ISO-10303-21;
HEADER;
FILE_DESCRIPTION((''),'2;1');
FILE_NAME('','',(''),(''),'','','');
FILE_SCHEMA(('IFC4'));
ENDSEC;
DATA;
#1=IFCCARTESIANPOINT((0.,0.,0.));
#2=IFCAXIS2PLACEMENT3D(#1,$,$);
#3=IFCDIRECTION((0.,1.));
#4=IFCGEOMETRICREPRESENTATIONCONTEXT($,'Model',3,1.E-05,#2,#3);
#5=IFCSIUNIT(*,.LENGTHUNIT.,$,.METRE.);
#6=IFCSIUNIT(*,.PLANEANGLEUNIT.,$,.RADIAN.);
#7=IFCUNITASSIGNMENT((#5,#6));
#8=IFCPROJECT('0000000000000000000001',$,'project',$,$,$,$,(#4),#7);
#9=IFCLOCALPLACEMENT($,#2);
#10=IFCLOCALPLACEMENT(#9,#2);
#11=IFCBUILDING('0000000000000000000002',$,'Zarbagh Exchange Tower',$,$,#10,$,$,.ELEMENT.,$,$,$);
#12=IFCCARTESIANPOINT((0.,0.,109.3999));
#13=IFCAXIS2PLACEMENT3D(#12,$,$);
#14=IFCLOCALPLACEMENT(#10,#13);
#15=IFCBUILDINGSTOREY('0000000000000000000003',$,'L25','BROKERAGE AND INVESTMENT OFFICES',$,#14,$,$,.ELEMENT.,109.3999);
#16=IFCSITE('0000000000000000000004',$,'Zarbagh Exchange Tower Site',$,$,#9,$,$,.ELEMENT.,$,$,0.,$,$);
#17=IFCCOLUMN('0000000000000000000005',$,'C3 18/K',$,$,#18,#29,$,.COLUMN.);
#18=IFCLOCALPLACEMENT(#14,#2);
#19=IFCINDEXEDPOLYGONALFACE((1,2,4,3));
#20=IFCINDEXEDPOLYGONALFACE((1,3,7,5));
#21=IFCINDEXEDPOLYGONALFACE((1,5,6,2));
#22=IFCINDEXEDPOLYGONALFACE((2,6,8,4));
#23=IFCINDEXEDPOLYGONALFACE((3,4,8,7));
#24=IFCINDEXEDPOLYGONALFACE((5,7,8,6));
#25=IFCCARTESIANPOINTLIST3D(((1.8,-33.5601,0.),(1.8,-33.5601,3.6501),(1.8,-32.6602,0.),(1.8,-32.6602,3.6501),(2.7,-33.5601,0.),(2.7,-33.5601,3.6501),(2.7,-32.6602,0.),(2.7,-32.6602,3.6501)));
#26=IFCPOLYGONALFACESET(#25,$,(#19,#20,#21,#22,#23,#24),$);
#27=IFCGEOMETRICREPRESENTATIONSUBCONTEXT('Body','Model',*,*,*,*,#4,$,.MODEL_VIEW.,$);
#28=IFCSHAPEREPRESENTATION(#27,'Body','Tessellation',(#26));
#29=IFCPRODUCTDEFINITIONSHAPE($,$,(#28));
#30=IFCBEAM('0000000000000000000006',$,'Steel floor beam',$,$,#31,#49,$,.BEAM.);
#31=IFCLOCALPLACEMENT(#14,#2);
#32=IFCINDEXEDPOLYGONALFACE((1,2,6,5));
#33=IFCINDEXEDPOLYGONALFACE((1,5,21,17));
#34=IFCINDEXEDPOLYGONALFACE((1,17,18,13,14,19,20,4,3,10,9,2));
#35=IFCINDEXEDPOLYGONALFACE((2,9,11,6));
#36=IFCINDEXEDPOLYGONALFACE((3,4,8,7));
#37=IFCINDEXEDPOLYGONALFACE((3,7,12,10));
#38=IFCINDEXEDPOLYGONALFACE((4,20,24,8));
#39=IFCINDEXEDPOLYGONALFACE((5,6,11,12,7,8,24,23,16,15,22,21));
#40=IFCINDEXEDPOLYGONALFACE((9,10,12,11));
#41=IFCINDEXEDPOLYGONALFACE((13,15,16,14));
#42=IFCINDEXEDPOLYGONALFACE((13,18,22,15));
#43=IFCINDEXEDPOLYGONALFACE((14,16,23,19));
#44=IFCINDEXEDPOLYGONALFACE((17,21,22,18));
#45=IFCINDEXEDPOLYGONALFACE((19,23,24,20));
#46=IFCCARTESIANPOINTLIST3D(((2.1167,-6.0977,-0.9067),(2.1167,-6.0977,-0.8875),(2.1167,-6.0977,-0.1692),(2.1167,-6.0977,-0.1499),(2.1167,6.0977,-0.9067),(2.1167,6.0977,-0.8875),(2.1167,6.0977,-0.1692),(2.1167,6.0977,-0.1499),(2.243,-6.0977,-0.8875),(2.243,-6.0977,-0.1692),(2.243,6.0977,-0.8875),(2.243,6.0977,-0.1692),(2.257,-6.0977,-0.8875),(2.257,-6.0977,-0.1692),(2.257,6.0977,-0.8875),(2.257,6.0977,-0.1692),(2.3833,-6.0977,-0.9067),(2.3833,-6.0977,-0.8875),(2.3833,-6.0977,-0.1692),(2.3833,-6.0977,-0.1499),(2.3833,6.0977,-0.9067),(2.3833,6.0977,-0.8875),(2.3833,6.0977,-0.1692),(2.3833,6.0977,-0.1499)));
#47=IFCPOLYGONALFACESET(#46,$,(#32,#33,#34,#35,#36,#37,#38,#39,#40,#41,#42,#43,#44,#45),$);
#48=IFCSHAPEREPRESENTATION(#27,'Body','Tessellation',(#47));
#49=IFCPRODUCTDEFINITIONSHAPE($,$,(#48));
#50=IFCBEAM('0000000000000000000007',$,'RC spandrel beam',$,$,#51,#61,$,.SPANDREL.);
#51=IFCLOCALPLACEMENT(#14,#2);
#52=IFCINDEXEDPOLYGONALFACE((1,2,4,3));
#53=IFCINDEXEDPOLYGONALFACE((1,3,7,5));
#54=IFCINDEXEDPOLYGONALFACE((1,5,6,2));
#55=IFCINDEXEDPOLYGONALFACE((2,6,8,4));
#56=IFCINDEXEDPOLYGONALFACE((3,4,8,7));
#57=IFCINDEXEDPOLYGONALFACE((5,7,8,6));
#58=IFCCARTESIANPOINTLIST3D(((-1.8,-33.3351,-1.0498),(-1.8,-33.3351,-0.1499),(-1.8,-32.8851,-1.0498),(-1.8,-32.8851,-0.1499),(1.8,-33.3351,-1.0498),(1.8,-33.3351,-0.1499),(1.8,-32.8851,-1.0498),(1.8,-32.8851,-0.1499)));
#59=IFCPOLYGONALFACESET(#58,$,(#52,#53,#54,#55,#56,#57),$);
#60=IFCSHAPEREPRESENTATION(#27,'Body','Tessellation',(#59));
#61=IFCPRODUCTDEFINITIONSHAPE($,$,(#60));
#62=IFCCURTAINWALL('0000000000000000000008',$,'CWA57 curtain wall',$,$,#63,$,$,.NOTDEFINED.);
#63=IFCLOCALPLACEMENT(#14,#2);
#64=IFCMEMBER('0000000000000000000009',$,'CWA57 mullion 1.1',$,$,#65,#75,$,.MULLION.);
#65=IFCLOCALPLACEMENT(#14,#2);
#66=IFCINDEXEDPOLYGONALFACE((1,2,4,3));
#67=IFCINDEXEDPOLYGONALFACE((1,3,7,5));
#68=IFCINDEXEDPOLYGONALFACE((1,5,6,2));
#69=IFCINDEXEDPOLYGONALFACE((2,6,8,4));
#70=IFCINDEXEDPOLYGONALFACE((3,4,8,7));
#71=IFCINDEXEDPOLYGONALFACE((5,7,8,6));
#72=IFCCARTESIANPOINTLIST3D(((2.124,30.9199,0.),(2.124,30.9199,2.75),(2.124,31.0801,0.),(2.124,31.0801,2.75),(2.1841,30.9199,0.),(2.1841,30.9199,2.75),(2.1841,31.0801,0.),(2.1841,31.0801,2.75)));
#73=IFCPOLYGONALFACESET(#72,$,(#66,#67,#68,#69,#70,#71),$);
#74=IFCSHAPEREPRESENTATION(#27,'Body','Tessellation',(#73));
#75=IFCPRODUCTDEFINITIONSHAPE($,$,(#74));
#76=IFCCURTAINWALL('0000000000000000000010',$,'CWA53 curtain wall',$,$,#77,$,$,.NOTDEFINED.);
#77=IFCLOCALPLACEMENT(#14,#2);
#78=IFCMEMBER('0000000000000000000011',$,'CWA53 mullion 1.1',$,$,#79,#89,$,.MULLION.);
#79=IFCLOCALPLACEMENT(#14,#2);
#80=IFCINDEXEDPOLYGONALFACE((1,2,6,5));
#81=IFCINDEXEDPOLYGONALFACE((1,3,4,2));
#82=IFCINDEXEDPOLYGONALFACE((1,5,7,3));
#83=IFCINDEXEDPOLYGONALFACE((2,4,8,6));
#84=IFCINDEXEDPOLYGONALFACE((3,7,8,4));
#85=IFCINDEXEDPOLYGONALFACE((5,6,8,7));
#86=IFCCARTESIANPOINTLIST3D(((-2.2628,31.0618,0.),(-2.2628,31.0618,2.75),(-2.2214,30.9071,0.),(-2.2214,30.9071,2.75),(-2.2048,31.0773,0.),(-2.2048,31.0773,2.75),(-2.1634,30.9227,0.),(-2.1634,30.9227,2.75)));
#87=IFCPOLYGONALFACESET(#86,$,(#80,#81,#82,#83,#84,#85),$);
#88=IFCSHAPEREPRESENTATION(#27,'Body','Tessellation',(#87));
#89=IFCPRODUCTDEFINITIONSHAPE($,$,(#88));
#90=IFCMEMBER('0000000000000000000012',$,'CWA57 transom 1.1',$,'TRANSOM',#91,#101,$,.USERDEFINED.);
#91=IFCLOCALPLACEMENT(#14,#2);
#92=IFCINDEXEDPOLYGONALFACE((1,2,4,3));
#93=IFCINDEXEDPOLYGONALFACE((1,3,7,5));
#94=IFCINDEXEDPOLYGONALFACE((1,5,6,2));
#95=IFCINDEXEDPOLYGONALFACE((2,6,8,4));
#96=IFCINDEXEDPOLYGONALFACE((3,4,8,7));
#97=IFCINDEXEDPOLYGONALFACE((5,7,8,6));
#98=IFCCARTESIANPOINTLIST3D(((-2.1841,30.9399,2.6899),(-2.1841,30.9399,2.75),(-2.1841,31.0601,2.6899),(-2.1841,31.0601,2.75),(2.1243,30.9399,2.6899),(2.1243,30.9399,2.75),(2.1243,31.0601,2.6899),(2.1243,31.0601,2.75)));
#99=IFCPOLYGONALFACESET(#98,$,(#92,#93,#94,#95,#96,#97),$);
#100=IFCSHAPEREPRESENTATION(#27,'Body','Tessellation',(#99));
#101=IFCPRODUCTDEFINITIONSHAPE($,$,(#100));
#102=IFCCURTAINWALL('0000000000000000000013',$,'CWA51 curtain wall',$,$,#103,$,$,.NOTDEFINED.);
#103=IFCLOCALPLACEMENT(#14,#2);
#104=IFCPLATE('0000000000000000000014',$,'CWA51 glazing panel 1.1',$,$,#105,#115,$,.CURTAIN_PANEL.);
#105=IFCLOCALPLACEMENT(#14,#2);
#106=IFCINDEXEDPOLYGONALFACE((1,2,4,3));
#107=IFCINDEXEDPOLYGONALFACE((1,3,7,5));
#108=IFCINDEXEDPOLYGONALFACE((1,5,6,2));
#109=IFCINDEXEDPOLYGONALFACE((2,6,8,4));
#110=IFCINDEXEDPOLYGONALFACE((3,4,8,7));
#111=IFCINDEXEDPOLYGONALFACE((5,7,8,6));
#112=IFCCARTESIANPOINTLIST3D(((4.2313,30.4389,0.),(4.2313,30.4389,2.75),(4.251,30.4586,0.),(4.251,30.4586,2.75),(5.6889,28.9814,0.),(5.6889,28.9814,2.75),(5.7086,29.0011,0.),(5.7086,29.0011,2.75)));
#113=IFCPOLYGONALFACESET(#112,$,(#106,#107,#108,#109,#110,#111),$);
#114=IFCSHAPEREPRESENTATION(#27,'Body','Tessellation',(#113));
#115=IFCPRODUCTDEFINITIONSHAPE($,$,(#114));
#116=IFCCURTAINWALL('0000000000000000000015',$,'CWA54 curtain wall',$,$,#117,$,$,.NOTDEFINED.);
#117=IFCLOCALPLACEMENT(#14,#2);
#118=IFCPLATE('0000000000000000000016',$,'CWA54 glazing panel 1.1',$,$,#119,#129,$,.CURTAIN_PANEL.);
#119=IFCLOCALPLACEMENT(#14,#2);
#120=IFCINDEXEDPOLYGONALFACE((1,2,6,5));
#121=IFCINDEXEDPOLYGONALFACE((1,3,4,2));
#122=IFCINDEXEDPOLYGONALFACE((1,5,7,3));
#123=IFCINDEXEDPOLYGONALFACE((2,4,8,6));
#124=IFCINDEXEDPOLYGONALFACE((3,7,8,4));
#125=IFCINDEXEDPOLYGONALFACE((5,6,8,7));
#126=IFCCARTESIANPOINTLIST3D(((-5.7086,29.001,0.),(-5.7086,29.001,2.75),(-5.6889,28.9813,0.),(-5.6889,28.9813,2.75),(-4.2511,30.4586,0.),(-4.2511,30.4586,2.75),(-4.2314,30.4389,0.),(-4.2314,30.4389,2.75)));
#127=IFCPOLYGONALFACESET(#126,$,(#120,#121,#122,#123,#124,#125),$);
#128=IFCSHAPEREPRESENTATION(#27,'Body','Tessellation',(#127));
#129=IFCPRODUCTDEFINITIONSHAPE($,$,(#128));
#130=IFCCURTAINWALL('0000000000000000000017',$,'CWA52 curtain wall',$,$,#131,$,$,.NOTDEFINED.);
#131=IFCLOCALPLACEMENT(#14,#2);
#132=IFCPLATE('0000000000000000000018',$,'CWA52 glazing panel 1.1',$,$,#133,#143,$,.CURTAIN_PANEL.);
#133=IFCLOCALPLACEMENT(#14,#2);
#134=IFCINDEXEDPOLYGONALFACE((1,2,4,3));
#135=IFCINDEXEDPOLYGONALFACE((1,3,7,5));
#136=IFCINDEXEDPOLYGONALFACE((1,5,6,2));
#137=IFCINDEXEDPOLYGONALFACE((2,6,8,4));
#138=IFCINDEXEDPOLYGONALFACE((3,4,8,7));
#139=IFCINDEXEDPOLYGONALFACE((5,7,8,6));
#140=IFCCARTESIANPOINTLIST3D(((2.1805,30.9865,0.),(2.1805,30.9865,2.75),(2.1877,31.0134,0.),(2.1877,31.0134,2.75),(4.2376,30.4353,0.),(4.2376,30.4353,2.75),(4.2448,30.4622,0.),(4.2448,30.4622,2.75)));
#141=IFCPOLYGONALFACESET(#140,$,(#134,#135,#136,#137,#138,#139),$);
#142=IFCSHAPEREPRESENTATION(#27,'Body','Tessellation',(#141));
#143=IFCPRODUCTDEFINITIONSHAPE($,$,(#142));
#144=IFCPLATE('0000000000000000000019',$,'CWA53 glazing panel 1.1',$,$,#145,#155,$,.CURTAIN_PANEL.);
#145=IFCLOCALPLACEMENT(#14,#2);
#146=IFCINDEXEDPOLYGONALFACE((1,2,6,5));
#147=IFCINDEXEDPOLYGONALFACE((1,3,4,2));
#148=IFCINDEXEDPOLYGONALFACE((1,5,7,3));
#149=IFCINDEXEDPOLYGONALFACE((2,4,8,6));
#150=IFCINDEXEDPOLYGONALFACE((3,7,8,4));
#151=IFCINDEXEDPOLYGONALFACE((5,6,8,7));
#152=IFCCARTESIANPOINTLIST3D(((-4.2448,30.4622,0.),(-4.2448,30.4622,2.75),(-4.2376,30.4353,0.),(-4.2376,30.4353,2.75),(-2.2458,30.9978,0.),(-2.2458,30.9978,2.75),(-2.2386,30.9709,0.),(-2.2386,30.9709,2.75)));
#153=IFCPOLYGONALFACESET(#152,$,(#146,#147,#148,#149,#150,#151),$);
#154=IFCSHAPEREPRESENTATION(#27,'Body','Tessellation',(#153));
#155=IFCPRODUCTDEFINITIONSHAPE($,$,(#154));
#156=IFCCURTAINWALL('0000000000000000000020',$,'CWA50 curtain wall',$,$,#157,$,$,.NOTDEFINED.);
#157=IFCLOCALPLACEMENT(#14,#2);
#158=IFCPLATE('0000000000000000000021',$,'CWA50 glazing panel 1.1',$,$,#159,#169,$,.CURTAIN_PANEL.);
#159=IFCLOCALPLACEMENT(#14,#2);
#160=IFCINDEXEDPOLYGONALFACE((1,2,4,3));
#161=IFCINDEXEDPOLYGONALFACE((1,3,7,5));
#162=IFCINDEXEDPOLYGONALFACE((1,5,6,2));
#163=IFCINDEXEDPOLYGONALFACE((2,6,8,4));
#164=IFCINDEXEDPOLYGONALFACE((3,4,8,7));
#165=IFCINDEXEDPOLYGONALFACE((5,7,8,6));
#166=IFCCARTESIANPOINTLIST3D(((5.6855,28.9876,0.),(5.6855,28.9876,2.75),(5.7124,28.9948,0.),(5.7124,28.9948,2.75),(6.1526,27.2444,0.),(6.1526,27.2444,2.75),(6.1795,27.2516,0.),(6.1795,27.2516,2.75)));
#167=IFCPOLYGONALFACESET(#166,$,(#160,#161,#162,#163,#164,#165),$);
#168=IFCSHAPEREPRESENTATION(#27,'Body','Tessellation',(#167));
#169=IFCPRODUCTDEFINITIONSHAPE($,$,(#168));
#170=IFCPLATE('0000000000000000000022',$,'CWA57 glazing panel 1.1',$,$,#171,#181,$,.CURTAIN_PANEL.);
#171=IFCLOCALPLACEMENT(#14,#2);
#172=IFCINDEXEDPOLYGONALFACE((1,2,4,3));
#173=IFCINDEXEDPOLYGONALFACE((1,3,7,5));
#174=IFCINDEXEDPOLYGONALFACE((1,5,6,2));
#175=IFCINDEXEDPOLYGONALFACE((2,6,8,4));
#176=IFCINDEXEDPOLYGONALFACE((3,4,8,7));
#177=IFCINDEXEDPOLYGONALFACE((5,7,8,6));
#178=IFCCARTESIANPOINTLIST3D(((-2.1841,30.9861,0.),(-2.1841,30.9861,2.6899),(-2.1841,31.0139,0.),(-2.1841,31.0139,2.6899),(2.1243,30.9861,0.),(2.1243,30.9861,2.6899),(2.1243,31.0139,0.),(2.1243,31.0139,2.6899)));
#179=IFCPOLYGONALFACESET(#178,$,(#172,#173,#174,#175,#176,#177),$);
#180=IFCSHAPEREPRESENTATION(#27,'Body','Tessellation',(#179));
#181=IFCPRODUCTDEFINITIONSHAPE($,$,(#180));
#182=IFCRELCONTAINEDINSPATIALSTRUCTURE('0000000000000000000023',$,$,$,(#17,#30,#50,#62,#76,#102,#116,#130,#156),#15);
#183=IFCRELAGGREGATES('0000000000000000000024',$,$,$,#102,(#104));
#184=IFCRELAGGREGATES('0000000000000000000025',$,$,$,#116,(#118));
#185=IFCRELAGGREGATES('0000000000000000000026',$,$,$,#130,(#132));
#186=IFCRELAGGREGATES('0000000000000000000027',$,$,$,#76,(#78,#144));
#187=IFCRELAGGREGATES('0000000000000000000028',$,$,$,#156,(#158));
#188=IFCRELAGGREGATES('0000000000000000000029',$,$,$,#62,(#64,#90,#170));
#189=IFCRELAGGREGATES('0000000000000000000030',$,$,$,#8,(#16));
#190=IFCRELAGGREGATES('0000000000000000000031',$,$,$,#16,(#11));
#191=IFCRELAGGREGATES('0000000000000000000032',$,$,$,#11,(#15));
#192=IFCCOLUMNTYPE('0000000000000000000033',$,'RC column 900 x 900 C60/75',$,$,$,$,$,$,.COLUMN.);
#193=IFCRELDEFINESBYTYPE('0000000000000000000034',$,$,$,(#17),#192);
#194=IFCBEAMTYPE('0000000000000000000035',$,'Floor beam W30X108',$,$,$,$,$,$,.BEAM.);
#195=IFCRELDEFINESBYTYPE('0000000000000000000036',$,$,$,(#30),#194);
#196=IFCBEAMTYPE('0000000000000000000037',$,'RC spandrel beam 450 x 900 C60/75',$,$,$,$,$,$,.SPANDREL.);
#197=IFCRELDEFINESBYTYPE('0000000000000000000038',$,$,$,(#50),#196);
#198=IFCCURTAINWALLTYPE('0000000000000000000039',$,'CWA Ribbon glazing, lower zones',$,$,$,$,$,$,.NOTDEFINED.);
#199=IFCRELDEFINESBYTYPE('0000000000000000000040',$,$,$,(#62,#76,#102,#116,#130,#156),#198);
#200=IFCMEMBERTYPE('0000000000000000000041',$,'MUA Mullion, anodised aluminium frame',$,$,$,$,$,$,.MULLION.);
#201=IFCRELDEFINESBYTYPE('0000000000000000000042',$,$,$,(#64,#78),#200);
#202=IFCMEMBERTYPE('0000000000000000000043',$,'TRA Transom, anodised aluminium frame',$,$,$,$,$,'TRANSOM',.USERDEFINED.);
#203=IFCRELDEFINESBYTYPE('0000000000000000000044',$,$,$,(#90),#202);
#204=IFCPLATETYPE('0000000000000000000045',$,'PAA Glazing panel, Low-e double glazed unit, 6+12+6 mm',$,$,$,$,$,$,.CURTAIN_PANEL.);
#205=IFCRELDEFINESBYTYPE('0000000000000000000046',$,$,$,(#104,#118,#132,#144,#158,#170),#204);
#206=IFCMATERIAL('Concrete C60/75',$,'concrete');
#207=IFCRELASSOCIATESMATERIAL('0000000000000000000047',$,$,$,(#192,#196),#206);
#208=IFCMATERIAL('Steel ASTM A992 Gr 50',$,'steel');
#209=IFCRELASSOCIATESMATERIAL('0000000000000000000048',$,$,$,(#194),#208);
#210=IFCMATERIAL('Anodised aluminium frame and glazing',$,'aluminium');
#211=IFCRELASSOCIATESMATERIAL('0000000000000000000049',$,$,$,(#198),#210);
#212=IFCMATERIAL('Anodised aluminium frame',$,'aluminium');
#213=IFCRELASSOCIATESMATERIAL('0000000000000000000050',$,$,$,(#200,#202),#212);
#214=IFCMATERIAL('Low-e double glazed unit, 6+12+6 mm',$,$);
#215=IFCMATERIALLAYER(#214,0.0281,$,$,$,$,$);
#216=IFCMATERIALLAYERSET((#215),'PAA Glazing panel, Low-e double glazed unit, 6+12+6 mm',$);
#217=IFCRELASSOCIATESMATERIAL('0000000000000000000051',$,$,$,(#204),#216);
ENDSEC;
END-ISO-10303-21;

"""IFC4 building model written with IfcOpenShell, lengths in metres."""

from ifc_helpers import new_model, si_unit, direction, frame, origin, origin_2d, place, context, subcontext, project, spatial, polyline, rectangle, i_section, outline, extrude, source, transform, mapped, material, layer, layer_set, material_profile, profile_set, type_object, element, aggregate, save


model = new_model("IFC4")

# Units and contexts
model_context = context("Model", 3, precision=1e-05, world=origin(), true_north=direction((0.0, 1.0)))
body_context = subcontext(model_context, "Body", "Model", "MODEL_VIEW")
ifc_project = project(units=[si_unit("LENGTHUNIT", "METRE"), si_unit("PLANEANGLEUNIT", "RADIAN")], contexts=[model_context])

# Site, building, storey
site_placement = place(None, origin())
site = spatial("IfcSite", under=ifc_project, at=site_placement, Name="Zarbagh Exchange Tower Site", CompositionType="ELEMENT", RefElevation=0.0)
building_placement = place(site_placement, origin())
building = spatial("IfcBuilding", under=site, at=building_placement, Name="Zarbagh Exchange Tower", CompositionType="ELEMENT")
storey_placement = place(building_placement, frame((0.0, 0.0, 109.3999)))
storey = spatial("IfcBuildingStorey", under=building, at=storey_placement, Name="L25", Description="BROKERAGE AND INVESTMENT OFFICES", CompositionType="ELEMENT", Elevation=109.3999)

# Column
ifc_material_1 = material(Name="Concrete C60/75", Category="concrete")
ifc_material_profile_1 = material_profile(ifc_material_1, rectangle(XDim=0.8999, YDim=0.8999, at=origin_2d()), Name="RC column 900 x 900 C60/75")
ifc_profile_set_1 = profile_set([ifc_material_profile_1], Name="Concrete C60/75")
column_type = type_object("IfcColumnType", Name="RC column 900 x 900 C60/75", PredefinedType="COLUMN", material=ifc_profile_set_1)
column_placement = place(storey_placement, frame((2.25, -33.1101, 0.0), z_axis=(0.0, 0.0, 1.0), x_axis=(1.0, 0.0, 0.0)))
element("IfcColumn", 1, at=column_placement, inside=storey, type_object=column_type, Name="C3 18/K", PredefinedType="COLUMN", context=body_context, shape_type="SweptSolid", body=[
    extrude(rectangle(XDim=0.8999, YDim=0.8999, at=origin_2d()), origin(), (0.0, 0.0, 1.0), 3.6501),
])

# Beams
ifc_material_2 = material(Name="Steel ASTM A992 Gr 50", Category="steel")
ifc_material_profile_2 = material_profile(ifc_material_2, i_section(OverallWidth=0.2666, OverallDepth=0.7568, WebThickness=0.0139, FlangeThickness=0.0193, at=origin_2d()), Name="W30X108")
ifc_profile_set_2 = profile_set([ifc_material_profile_2], Name="Steel ASTM A992 Gr 50")
beam_type_1 = type_object("IfcBeamType", Name="Floor beam W30X108", PredefinedType="BEAM", material=ifc_profile_set_2)
beam_1_placement = place(storey_placement, frame((2.25, -6.0977, -0.5283), z_axis=(0.0, 1.0, 0.0), x_axis=(-1.0, 0.0, 0.0)))
element("IfcBeam", 2, at=beam_1_placement, inside=storey, type_object=beam_type_1, Name="Steel floor beam", PredefinedType="BEAM", context=body_context, shape_type="SweptSolid", body=[
    extrude(i_section(OverallWidth=0.2666, OverallDepth=0.7568, WebThickness=0.0139, FlangeThickness=0.0193, at=origin_2d()), origin(), (0.0, 0.0, 1.0), 12.1953),
])
ifc_material_profile_3 = material_profile(ifc_material_1, rectangle(XDim=0.45, YDim=0.8999, at=origin_2d()), Name="RC spandrel beam 450 x 900 C60/75")
ifc_profile_set_3 = profile_set([ifc_material_profile_3], Name="Concrete C60/75")
beam_type_2 = type_object("IfcBeamType", Name="RC spandrel beam 450 x 900 C60/75", PredefinedType="SPANDREL", material=ifc_profile_set_3)
beam_2_placement = place(storey_placement, frame((1.8, -33.1101, -0.5999), z_axis=(-1.0, 0.0, 0.0), x_axis=(0.0, -1.0, 0.0)))
element("IfcBeam", 3, at=beam_2_placement, inside=storey, type_object=beam_type_2, Name="RC spandrel beam", PredefinedType="SPANDREL", context=body_context, shape_type="SweptSolid", body=[
    extrude(rectangle(XDim=0.45, YDim=0.8999, at=origin_2d()), origin(), (0.0, 0.0, 1.0), 3.6001),
])

# Curtain walls, members
ifc_material_3 = material(Name="Anodised aluminium frame and glazing", Category="aluminium")
curtain_wall_type = type_object("IfcCurtainWallType", Name="CWA Ribbon glazing, lower zones", PredefinedType="NOTDEFINED", material=ifc_material_3)
curtain_wall_1_placement = place(storey_placement, origin())
curtain_wall_1 = element("IfcCurtainWall", 4, at=curtain_wall_1_placement, inside=storey, type_object=curtain_wall_type, Name="CWA57 curtain wall", PredefinedType="NOTDEFINED")
ifc_material_4 = material(Name="Anodised aluminium frame", Category="aluminium")
member_type_1 = type_object("IfcMemberType", Name="MUA Mullion, anodised aluminium frame", PredefinedType="MULLION", material=ifc_material_4)
shared_shape_1 = source(origin(), body_context, "Body", "SweptSolid", [
    extrude(outline(polyline([(0.0, -0.0801), (0.0601, -0.0801), (0.0601, 0.0801), (0.0, 0.0801), (0.0, -0.0801)])), origin(), (0.0, 0.0, 1.0), 2.75),
])
placement = place(storey_placement, origin())
member_1 = element("IfcMember", 5, at=placement, type_object=member_type_1, Name="CWA57 mullion 1.1", PredefinedType="MULLION", context=body_context, shape_type="MappedRepresentation", body=[
    mapped(shared_shape_1, transform((2.1841, 31.0, 0.0), x_axis=(-1.0, 0.0, 0.0), y_axis=(0.0, -1.0, 0.0), z_axis=(0.0, 0.0, 1.0))),
])
curtain_wall_2_placement = place(storey_placement, origin())
curtain_wall_2 = element("IfcCurtainWall", 6, at=curtain_wall_2_placement, inside=storey, type_object=curtain_wall_type, Name="CWA53 curtain wall", PredefinedType="NOTDEFINED")
member_2 = element("IfcMember", 7, at=placement, type_object=member_type_1, Name="CWA53 mullion 1.1", PredefinedType="MULLION", context=body_context, shape_type="MappedRepresentation", body=[
    mapped(shared_shape_1, transform((-2.1841, 31.0, 0.0), x_axis=(-0.965924, -0.258825, 0.0), y_axis=(0.258825, -0.965924, 0.0), z_axis=(0.0, 0.0, 1.0))),
])

# Member
member_type_2 = type_object("IfcMemberType", Name="TRA Transom, anodised aluminium frame", ElementType="TRANSOM", PredefinedType="USERDEFINED", material=ifc_material_4)
shared_shape_2 = source(origin(), body_context, "Body", "SweptSolid", [
    extrude(outline(polyline([(-0.0601, -0.0601), (0.0, -0.0601), (0.0, 0.0601), (-0.0601, 0.0601), (-0.0601, -0.0601)])), origin(), (0.0, 0.0, 1.0), 4.3083),
])
member_3 = element("IfcMember", 8, at=placement, type_object=member_type_2, Name="CWA57 transom 1.1", ObjectType="TRANSOM", PredefinedType="USERDEFINED", context=body_context, shape_type="MappedRepresentation", body=[
    mapped(shared_shape_2, transform((2.1243, 31.0, 2.75), x_axis=(0.0, 0.0, 1.0), y_axis=(0.0, 1.0, 0.0), z_axis=(-1.0, 0.0, 0.0))),
])

# Curtain walls, plates
curtain_wall_3_placement = place(storey_placement, origin())
curtain_wall_3 = element("IfcCurtainWall", 9, at=curtain_wall_3_placement, inside=storey, type_object=curtain_wall_type, Name="CWA51 curtain wall", PredefinedType="NOTDEFINED")
ifc_material_5 = material(Name="Low-e double glazed unit, 6+12+6 mm")
ifc_layer_1 = layer(ifc_material_5, 0.0281)
ifc_layer_set_1 = layer_set([ifc_layer_1], Name="PAA Glazing panel, Low-e double glazed unit, 6+12+6 mm")
plate_type = type_object("IfcPlateType", Name="PAA Glazing panel, Low-e double glazed unit, 6+12+6 mm", PredefinedType="CURTAIN_PANEL", material=ifc_layer_set_1)
shared_shape_3 = source(origin(), body_context, "Body", "SweptSolid", [
    extrude(outline(polyline([(0.0, -0.0139), (2.0613, -0.0139), (2.0613, 0.0139), (0.0, 0.0139), (0.0, -0.0139)])), origin(), (0.0, 0.0, 1.0), 2.75),
])
plate_1 = element("IfcPlate", 10, at=placement, type_object=plate_type, Name="CWA51 glazing panel 1.1", PredefinedType="CURTAIN_PANEL", context=body_context, shape_type="MappedRepresentation", body=[
    mapped(shared_shape_3, transform((5.6987, 28.9912, 0.0), x_axis=(-0.707107, 0.707107, 0.0), y_axis=(-0.707107, -0.707107, 0.0), z_axis=(0.0, 0.0, 1.0))),
])
aggregate(curtain_wall_3, [plate_1])
curtain_wall_4_placement = place(storey_placement, origin())
curtain_wall_4 = element("IfcCurtainWall", 11, at=curtain_wall_4_placement, inside=storey, type_object=curtain_wall_type, Name="CWA54 curtain wall", PredefinedType="NOTDEFINED")
plate_2 = element("IfcPlate", 12, at=placement, type_object=plate_type, Name="CWA54 glazing panel 1.1", PredefinedType="CURTAIN_PANEL", context=body_context, shape_type="MappedRepresentation", body=[
    mapped(shared_shape_3, transform((-4.2412, 30.4487, 0.0), x_axis=(-0.707107, -0.707107, 0.0), y_axis=(0.707107, -0.707107, 0.0), z_axis=(0.0, 0.0, 1.0))),
])
aggregate(curtain_wall_4, [plate_2])
curtain_wall_5_placement = place(storey_placement, origin())
curtain_wall_5 = element("IfcCurtainWall", 13, at=curtain_wall_5_placement, inside=storey, type_object=curtain_wall_type, Name="CWA52 curtain wall", PredefinedType="NOTDEFINED")
shared_shape_4 = source(origin(), body_context, "Body", "SweptSolid", [
    extrude(outline(polyline([(0.0, -0.0139), (2.1296, -0.0139), (2.1296, 0.0139), (0.0, 0.0139), (0.0, -0.0139)])), origin(), (0.0, 0.0, 1.0), 2.75),
])
plate_3 = element("IfcPlate", 14, at=placement, type_object=plate_type, Name="CWA52 glazing panel 1.1", PredefinedType="CURTAIN_PANEL", context=body_context, shape_type="MappedRepresentation", body=[
    mapped(shared_shape_4, transform((4.2412, 30.4487, 0.0), x_axis=(-0.965924, 0.258825, 0.0), y_axis=(-0.258825, -0.965924, 0.0), z_axis=(0.0, 0.0, 1.0))),
])
aggregate(curtain_wall_5, [plate_3])

# Plate
shared_shape_5 = source(origin(), body_context, "Body", "SweptSolid", [
    extrude(outline(polyline([(0.0, -0.0139), (2.0696, -0.0139), (2.0696, 0.0139), (0.0, 0.0139), (0.0, -0.0139)])), origin(), (0.0, 0.0, 1.0), 2.75),
])
plate_4 = element("IfcPlate", 15, at=placement, type_object=plate_type, Name="CWA53 glazing panel 1.1", PredefinedType="CURTAIN_PANEL", context=body_context, shape_type="MappedRepresentation", body=[
    mapped(shared_shape_5, transform((-2.2422, 30.9844, 0.0), x_axis=(-0.965924, -0.258825, 0.0), y_axis=(0.258825, -0.965924, 0.0), z_axis=(0.0, 0.0, 1.0))),
])
aggregate(curtain_wall_2, [member_2, plate_4])

# Curtain wall, plate
curtain_wall_6_placement = place(storey_placement, origin())
curtain_wall_6 = element("IfcCurtainWall", 16, at=curtain_wall_6_placement, inside=storey, type_object=curtain_wall_type, Name="CWA50 curtain wall", PredefinedType="NOTDEFINED")
shared_shape_6 = source(origin(), body_context, "Body", "SweptSolid", [
    extrude(outline(polyline([(0.0, -0.0139), (1.8047, -0.0139), (1.8047, 0.0139), (0.0, 0.0139), (0.0, -0.0139)])), origin(), (0.0, 0.0, 1.0), 2.75),
])
plate_5 = element("IfcPlate", 17, at=placement, type_object=plate_type, Name="CWA50 glazing panel 1.1", PredefinedType="CURTAIN_PANEL", context=body_context, shape_type="MappedRepresentation", body=[
    mapped(shared_shape_6, transform((6.166, 27.248, 0.0), x_axis=(-0.258825, 0.965924, 0.0), y_axis=(-0.965924, -0.258825, 0.0), z_axis=(0.0, 0.0, 1.0))),
])
aggregate(curtain_wall_6, [plate_5])

# Plate
shared_shape_7 = source(origin(), body_context, "Body", "SweptSolid", [
    extrude(outline(polyline([(0.0, -0.0139), (4.3083, -0.0139), (4.3083, 0.0139), (0.0, 0.0139), (0.0, -0.0139)])), origin(), (0.0, 0.0, 1.0), 2.6899),
])
plate_6 = element("IfcPlate", 18, at=placement, type_object=plate_type, Name="CWA57 glazing panel 1.1", PredefinedType="CURTAIN_PANEL", context=body_context, shape_type="MappedRepresentation", body=[
    mapped(shared_shape_7, transform((2.1243, 31.0, 0.0), x_axis=(-1.0, 0.0, 0.0), y_axis=(0.0, -1.0, 0.0), z_axis=(0.0, 0.0, 1.0))),
])
aggregate(curtain_wall_1, [member_1, member_3, plate_6])

save(model, "model.ifc")
